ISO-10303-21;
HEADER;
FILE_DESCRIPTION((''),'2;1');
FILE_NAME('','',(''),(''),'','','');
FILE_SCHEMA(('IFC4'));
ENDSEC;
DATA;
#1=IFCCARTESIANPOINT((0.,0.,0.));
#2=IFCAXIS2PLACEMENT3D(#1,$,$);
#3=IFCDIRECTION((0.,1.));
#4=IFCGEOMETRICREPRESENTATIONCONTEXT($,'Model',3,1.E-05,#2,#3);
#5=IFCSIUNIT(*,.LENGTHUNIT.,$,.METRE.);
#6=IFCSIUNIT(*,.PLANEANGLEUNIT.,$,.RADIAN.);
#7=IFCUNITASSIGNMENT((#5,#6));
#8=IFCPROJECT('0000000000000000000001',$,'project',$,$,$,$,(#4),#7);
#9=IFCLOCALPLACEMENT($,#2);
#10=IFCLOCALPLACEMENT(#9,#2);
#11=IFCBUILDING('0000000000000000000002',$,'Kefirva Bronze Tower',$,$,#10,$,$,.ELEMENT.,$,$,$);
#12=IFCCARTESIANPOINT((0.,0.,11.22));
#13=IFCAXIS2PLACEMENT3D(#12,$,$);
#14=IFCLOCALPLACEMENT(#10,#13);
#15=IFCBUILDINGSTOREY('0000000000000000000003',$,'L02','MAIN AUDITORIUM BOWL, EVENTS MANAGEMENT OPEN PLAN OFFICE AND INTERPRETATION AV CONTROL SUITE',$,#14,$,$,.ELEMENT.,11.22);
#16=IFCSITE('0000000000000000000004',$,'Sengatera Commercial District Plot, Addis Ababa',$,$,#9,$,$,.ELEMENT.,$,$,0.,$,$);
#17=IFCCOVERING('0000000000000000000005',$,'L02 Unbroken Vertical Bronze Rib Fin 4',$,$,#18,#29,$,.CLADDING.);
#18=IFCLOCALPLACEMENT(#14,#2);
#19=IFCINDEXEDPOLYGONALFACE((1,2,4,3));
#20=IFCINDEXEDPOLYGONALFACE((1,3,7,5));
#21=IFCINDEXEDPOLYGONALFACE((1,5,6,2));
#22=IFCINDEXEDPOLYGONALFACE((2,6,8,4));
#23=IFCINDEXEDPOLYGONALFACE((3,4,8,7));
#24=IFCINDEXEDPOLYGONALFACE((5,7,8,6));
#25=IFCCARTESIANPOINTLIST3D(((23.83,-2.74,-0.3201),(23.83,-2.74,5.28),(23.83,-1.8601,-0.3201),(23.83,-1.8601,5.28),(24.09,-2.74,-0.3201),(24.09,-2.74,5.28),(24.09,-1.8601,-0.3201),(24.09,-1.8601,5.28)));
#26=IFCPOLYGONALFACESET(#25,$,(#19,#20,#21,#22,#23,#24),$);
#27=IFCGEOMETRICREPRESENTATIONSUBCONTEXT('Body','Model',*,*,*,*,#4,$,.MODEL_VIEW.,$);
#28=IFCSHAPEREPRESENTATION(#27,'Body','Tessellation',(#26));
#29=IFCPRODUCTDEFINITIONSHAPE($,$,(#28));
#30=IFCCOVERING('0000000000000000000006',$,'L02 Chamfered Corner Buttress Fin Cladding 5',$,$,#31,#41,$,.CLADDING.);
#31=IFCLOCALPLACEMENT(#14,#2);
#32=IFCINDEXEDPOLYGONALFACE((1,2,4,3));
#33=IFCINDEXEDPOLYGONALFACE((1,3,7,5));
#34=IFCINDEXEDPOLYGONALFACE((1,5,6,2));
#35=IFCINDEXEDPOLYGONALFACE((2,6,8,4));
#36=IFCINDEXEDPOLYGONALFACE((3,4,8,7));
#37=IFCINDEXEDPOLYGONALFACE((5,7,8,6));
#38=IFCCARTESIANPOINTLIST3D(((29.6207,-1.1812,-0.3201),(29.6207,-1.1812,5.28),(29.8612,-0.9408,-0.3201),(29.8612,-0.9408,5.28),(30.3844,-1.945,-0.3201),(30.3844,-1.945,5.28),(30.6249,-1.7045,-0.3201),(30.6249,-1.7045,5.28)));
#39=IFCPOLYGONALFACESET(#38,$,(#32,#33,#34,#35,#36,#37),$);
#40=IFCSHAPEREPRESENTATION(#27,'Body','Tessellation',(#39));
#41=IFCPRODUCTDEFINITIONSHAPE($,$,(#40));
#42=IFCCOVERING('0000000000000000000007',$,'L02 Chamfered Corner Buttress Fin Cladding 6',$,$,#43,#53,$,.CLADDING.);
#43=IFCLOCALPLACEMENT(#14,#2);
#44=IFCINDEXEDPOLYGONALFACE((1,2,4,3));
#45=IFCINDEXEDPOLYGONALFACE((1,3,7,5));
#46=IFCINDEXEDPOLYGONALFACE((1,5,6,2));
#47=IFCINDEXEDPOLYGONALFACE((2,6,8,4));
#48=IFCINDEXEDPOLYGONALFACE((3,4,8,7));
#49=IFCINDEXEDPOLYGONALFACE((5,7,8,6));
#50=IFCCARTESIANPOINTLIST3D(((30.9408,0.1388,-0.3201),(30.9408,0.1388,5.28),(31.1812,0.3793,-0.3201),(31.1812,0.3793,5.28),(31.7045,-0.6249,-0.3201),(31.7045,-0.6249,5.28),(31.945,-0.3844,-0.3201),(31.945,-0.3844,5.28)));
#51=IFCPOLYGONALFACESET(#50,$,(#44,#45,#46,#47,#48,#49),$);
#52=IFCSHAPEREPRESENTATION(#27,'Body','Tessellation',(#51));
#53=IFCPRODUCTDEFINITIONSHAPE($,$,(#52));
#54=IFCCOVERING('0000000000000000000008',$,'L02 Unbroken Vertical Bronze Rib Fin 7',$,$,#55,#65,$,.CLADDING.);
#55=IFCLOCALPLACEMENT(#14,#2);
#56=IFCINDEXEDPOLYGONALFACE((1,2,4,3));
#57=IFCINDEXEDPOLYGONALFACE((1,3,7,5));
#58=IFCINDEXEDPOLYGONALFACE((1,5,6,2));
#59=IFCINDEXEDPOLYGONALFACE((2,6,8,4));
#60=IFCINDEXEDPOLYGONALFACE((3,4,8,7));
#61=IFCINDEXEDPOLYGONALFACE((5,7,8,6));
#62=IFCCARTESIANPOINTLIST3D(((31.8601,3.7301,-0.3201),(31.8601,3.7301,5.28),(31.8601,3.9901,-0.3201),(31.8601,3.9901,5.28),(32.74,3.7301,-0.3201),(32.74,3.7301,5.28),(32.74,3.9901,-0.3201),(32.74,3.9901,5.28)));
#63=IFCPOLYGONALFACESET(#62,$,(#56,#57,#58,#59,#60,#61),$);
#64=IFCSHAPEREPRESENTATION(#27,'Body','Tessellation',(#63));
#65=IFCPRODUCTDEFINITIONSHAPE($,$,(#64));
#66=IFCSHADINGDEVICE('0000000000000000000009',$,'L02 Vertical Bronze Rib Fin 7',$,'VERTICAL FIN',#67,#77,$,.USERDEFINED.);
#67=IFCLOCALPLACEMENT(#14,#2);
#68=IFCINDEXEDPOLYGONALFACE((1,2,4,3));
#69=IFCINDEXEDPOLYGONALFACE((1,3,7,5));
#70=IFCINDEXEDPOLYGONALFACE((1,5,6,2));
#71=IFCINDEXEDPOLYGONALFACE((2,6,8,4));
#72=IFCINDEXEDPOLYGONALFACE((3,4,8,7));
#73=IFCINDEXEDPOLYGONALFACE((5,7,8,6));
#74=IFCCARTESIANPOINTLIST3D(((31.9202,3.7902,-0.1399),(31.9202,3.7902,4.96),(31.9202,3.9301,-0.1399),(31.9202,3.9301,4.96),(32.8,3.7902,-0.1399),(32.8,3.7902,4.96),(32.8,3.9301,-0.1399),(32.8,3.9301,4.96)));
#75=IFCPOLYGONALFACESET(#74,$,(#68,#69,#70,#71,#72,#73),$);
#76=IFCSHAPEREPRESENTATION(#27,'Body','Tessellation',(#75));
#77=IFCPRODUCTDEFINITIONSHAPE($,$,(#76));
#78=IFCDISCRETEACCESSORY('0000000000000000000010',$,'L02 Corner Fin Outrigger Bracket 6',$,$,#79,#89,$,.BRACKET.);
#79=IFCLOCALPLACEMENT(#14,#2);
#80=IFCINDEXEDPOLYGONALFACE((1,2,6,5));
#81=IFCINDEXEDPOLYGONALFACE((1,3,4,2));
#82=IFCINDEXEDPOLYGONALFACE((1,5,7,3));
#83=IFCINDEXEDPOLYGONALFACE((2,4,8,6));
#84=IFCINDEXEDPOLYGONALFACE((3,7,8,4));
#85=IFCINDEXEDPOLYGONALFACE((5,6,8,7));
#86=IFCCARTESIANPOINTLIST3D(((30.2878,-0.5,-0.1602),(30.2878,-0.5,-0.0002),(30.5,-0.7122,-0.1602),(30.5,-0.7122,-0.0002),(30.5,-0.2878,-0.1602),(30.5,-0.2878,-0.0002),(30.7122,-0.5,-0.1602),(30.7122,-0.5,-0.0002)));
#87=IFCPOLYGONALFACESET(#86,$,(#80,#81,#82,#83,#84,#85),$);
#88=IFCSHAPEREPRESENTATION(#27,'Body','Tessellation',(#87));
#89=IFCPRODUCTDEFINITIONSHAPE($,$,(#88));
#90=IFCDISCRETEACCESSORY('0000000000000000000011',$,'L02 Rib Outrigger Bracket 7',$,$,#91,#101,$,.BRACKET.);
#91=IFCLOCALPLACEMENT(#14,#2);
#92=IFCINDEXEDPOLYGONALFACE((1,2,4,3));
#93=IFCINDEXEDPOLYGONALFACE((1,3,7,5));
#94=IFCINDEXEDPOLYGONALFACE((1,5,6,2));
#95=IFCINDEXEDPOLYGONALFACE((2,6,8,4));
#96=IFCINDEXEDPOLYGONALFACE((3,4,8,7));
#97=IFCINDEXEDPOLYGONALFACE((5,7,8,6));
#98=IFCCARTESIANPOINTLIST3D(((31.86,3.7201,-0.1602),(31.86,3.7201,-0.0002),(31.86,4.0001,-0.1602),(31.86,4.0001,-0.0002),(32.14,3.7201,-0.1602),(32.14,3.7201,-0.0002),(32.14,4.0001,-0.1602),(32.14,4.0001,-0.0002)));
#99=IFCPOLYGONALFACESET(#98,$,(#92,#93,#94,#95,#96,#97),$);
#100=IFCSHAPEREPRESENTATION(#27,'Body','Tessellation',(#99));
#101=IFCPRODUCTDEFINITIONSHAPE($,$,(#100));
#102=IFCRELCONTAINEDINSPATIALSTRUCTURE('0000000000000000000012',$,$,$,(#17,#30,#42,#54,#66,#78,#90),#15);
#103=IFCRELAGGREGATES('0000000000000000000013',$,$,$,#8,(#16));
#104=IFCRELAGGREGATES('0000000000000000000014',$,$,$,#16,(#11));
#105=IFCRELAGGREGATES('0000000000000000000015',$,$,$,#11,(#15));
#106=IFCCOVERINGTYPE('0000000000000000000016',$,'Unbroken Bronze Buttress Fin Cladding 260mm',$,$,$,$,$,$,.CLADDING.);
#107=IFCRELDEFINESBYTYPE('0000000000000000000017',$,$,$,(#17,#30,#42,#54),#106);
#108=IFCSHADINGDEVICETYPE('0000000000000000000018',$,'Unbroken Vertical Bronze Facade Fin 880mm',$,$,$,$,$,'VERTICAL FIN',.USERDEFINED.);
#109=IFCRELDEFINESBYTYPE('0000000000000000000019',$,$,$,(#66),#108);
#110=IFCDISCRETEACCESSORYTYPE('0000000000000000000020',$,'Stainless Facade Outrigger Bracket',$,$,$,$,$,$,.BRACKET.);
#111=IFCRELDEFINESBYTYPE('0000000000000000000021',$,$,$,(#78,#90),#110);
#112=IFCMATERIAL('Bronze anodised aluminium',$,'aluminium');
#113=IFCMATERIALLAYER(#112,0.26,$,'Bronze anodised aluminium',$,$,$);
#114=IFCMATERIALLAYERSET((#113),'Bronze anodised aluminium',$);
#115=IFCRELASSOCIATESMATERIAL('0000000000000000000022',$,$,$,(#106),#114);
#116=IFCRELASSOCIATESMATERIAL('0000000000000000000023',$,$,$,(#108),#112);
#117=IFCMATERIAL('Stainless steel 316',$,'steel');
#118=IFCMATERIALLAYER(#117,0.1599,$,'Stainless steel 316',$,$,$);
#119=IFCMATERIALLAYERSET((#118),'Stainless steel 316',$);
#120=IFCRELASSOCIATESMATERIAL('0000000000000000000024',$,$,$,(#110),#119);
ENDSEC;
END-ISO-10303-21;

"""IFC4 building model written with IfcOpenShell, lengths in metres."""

from ifc_helpers import new_model, si_unit, direction, frame, origin, origin_2d, place, context, subcontext, project, spatial, rectangle, extrude, material, layer, layer_set, material_profile, profile_set, type_object, element, save


model = new_model("IFC4")

# Units and contexts
model_context = context("Model", 3, precision=1e-05, world=origin(), true_north=direction((0.0, 1.0)))
body_context = subcontext(model_context, "Body", "Model", "MODEL_VIEW")
ifc_project = project(units=[si_unit("LENGTHUNIT", "METRE"), si_unit("PLANEANGLEUNIT", "RADIAN")], contexts=[model_context])

# Site, building, storey
site_placement = place(None, origin())
site = spatial("IfcSite", under=ifc_project, at=site_placement, Name="Sengatera Commercial District Plot, Addis Ababa", CompositionType="ELEMENT", RefElevation=0.0)
building_placement = place(site_placement, origin())
building = spatial("IfcBuilding", under=site, at=building_placement, Name="Kefirva Bronze Tower", CompositionType="ELEMENT")
storey_placement = place(building_placement, frame((0.0, 0.0, 11.22)))
storey = spatial("IfcBuildingStorey", under=building, at=storey_placement, Name="L02", Description="MAIN AUDITORIUM BOWL, EVENTS MANAGEMENT OPEN PLAN OFFICE AND INTERPRETATION AV CONTROL SUITE", CompositionType="ELEMENT", Elevation=11.22)

# Shared definitions
ifc_material_1 = material(Name="Bronze anodised aluminium", Category="aluminium")

# Coverings
ifc_layer_1 = layer(ifc_material_1, 0.26, Name="Bronze anodised aluminium")
ifc_layer_set_1 = layer_set([ifc_layer_1], Name="Bronze anodised aluminium")
covering_type_1 = type_object("IfcCoveringType", Name="Unbroken Bronze Buttress Fin Cladding 260mm", PredefinedType="CLADDING", material=ifc_layer_set_1)
covering_1_placement = place(storey_placement, frame((23.96, -2.3, -0.3201), z_axis=(0.0, 0.0, 1.0), x_axis=(1.0, 0.0, 0.0)))
element("IfcCovering", 1, at=covering_1_placement, inside=storey, type_object=covering_type_1, Name="L02 Unbroken Vertical Bronze Rib Fin 4", PredefinedType="CLADDING", context=body_context, shape_type="SweptSolid", body=[
    extrude(rectangle(XDim=0.26, YDim=0.8799, at=origin_2d()), origin(), (0.0, 0.0, 1.0), 5.6001),
])
for number, where, z_axis, x_axis, name in (
    (2, (30.1228, -1.4429, -0.3201), (0.0, 0.0, 1.0), (0.707107, 0.707107, 0.0), "L02 Chamfered Corner Buttress Fin Cladding 5"),
    (3, (31.4429, -0.1228, -0.3201), (0.0, 0.0, 1.0), (0.707107, 0.707107, 0.0), "L02 Chamfered Corner Buttress Fin Cladding 6"),
):
    element("IfcCovering", number, at=place(storey_placement, frame(where, z_axis=z_axis, x_axis=x_axis)), inside=storey, type_object=covering_type_1, Name=name, PredefinedType="CLADDING", context=body_context, shape_type="SweptSolid", body=[
        extrude(rectangle(XDim=0.3401, YDim=1.0801, at=origin_2d()), origin(), (0.0, 0.0, 1.0), 5.6001),
    ])
covering_2_placement = place(storey_placement, frame((32.3, 3.8601, -0.3201), z_axis=(0.0, 0.0, 1.0), x_axis=(0.0, 1.0, 0.0)))
element("IfcCovering", 4, at=covering_2_placement, inside=storey, type_object=covering_type_1, Name="L02 Unbroken Vertical Bronze Rib Fin 7", PredefinedType="CLADDING", context=body_context, shape_type="SweptSolid", body=[
    extrude(rectangle(XDim=0.26, YDim=0.8799, at=origin_2d()), origin(), (0.0, 0.0, 1.0), 5.6001),
])

# Shading device
ifc_material_profile_1 = material_profile(ifc_material_1, rectangle(XDim=0.1399, YDim=0.8799, at=origin_2d()), Name="BRONZE FIN 140x880")
ifc_profile_set_1 = profile_set([ifc_material_profile_1], Name="Bronze anodised aluminium")
shading_device_type_1 = type_object("IfcShadingDeviceType", Name="Unbroken Vertical Bronze Facade Fin 880mm", ElementType="VERTICAL FIN", PredefinedType="USERDEFINED", material=ifc_profile_set_1)
shading_device_1_placement = place(storey_placement, frame((32.3601, 3.8601, -0.1399), z_axis=(0.0, 0.0, 1.0), x_axis=(0.0, 1.0, 0.0)))
element("IfcShadingDevice", 5, at=shading_device_1_placement, inside=storey, type_object=shading_device_type_1, Name="L02 Vertical Bronze Rib Fin 7", ObjectType="VERTICAL FIN", PredefinedType="USERDEFINED", context=body_context, shape_type="SweptSolid", body=[
    extrude(rectangle(XDim=0.1399, YDim=0.8799, at=origin_2d()), origin(), (0.0, 0.0, 1.0), 5.0999),
])

# Discrete accessories
ifc_material_2 = material(Name="Stainless steel 316", Category="steel")
ifc_layer_2 = layer(ifc_material_2, 0.1599, Name="Stainless steel 316")
ifc_layer_set_2 = layer_set([ifc_layer_2], Name="Stainless steel 316")
discrete_accessory_type = type_object("IfcDiscreteAccessoryType", Name="Stainless Facade Outrigger Bracket", PredefinedType="BRACKET", material=ifc_layer_set_2)
discrete_accessory_1_placement = place(storey_placement, frame((30.5, -0.5, -0.1602), z_axis=(0.0, 0.0, 1.0), x_axis=(0.707107, 0.707107, 0.0)))
element("IfcDiscreteAccessory", 6, at=discrete_accessory_1_placement, inside=storey, type_object=discrete_accessory_type, Name="L02 Corner Fin Outrigger Bracket 6", PredefinedType="BRACKET", context=body_context, shape_type="SweptSolid", body=[
    extrude(rectangle(XDim=0.3, YDim=0.3, at=origin_2d()), origin(), (0.0, 0.0, 1.0), 0.1599),
])
discrete_accessory_2_placement = place(storey_placement, frame((32.0, 3.8601, -0.1602), z_axis=(0.0, 0.0, 1.0), x_axis=(0.0, 1.0, 0.0)))
element("IfcDiscreteAccessory", 7, at=discrete_accessory_2_placement, inside=storey, type_object=discrete_accessory_type, Name="L02 Rib Outrigger Bracket 7", PredefinedType="BRACKET", context=body_context, shape_type="SweptSolid", body=[
    extrude(rectangle(XDim=0.28, YDim=0.28, at=origin_2d()), origin(), (0.0, 0.0, 1.0), 0.1599),
])

save(model, "model.ifc")
